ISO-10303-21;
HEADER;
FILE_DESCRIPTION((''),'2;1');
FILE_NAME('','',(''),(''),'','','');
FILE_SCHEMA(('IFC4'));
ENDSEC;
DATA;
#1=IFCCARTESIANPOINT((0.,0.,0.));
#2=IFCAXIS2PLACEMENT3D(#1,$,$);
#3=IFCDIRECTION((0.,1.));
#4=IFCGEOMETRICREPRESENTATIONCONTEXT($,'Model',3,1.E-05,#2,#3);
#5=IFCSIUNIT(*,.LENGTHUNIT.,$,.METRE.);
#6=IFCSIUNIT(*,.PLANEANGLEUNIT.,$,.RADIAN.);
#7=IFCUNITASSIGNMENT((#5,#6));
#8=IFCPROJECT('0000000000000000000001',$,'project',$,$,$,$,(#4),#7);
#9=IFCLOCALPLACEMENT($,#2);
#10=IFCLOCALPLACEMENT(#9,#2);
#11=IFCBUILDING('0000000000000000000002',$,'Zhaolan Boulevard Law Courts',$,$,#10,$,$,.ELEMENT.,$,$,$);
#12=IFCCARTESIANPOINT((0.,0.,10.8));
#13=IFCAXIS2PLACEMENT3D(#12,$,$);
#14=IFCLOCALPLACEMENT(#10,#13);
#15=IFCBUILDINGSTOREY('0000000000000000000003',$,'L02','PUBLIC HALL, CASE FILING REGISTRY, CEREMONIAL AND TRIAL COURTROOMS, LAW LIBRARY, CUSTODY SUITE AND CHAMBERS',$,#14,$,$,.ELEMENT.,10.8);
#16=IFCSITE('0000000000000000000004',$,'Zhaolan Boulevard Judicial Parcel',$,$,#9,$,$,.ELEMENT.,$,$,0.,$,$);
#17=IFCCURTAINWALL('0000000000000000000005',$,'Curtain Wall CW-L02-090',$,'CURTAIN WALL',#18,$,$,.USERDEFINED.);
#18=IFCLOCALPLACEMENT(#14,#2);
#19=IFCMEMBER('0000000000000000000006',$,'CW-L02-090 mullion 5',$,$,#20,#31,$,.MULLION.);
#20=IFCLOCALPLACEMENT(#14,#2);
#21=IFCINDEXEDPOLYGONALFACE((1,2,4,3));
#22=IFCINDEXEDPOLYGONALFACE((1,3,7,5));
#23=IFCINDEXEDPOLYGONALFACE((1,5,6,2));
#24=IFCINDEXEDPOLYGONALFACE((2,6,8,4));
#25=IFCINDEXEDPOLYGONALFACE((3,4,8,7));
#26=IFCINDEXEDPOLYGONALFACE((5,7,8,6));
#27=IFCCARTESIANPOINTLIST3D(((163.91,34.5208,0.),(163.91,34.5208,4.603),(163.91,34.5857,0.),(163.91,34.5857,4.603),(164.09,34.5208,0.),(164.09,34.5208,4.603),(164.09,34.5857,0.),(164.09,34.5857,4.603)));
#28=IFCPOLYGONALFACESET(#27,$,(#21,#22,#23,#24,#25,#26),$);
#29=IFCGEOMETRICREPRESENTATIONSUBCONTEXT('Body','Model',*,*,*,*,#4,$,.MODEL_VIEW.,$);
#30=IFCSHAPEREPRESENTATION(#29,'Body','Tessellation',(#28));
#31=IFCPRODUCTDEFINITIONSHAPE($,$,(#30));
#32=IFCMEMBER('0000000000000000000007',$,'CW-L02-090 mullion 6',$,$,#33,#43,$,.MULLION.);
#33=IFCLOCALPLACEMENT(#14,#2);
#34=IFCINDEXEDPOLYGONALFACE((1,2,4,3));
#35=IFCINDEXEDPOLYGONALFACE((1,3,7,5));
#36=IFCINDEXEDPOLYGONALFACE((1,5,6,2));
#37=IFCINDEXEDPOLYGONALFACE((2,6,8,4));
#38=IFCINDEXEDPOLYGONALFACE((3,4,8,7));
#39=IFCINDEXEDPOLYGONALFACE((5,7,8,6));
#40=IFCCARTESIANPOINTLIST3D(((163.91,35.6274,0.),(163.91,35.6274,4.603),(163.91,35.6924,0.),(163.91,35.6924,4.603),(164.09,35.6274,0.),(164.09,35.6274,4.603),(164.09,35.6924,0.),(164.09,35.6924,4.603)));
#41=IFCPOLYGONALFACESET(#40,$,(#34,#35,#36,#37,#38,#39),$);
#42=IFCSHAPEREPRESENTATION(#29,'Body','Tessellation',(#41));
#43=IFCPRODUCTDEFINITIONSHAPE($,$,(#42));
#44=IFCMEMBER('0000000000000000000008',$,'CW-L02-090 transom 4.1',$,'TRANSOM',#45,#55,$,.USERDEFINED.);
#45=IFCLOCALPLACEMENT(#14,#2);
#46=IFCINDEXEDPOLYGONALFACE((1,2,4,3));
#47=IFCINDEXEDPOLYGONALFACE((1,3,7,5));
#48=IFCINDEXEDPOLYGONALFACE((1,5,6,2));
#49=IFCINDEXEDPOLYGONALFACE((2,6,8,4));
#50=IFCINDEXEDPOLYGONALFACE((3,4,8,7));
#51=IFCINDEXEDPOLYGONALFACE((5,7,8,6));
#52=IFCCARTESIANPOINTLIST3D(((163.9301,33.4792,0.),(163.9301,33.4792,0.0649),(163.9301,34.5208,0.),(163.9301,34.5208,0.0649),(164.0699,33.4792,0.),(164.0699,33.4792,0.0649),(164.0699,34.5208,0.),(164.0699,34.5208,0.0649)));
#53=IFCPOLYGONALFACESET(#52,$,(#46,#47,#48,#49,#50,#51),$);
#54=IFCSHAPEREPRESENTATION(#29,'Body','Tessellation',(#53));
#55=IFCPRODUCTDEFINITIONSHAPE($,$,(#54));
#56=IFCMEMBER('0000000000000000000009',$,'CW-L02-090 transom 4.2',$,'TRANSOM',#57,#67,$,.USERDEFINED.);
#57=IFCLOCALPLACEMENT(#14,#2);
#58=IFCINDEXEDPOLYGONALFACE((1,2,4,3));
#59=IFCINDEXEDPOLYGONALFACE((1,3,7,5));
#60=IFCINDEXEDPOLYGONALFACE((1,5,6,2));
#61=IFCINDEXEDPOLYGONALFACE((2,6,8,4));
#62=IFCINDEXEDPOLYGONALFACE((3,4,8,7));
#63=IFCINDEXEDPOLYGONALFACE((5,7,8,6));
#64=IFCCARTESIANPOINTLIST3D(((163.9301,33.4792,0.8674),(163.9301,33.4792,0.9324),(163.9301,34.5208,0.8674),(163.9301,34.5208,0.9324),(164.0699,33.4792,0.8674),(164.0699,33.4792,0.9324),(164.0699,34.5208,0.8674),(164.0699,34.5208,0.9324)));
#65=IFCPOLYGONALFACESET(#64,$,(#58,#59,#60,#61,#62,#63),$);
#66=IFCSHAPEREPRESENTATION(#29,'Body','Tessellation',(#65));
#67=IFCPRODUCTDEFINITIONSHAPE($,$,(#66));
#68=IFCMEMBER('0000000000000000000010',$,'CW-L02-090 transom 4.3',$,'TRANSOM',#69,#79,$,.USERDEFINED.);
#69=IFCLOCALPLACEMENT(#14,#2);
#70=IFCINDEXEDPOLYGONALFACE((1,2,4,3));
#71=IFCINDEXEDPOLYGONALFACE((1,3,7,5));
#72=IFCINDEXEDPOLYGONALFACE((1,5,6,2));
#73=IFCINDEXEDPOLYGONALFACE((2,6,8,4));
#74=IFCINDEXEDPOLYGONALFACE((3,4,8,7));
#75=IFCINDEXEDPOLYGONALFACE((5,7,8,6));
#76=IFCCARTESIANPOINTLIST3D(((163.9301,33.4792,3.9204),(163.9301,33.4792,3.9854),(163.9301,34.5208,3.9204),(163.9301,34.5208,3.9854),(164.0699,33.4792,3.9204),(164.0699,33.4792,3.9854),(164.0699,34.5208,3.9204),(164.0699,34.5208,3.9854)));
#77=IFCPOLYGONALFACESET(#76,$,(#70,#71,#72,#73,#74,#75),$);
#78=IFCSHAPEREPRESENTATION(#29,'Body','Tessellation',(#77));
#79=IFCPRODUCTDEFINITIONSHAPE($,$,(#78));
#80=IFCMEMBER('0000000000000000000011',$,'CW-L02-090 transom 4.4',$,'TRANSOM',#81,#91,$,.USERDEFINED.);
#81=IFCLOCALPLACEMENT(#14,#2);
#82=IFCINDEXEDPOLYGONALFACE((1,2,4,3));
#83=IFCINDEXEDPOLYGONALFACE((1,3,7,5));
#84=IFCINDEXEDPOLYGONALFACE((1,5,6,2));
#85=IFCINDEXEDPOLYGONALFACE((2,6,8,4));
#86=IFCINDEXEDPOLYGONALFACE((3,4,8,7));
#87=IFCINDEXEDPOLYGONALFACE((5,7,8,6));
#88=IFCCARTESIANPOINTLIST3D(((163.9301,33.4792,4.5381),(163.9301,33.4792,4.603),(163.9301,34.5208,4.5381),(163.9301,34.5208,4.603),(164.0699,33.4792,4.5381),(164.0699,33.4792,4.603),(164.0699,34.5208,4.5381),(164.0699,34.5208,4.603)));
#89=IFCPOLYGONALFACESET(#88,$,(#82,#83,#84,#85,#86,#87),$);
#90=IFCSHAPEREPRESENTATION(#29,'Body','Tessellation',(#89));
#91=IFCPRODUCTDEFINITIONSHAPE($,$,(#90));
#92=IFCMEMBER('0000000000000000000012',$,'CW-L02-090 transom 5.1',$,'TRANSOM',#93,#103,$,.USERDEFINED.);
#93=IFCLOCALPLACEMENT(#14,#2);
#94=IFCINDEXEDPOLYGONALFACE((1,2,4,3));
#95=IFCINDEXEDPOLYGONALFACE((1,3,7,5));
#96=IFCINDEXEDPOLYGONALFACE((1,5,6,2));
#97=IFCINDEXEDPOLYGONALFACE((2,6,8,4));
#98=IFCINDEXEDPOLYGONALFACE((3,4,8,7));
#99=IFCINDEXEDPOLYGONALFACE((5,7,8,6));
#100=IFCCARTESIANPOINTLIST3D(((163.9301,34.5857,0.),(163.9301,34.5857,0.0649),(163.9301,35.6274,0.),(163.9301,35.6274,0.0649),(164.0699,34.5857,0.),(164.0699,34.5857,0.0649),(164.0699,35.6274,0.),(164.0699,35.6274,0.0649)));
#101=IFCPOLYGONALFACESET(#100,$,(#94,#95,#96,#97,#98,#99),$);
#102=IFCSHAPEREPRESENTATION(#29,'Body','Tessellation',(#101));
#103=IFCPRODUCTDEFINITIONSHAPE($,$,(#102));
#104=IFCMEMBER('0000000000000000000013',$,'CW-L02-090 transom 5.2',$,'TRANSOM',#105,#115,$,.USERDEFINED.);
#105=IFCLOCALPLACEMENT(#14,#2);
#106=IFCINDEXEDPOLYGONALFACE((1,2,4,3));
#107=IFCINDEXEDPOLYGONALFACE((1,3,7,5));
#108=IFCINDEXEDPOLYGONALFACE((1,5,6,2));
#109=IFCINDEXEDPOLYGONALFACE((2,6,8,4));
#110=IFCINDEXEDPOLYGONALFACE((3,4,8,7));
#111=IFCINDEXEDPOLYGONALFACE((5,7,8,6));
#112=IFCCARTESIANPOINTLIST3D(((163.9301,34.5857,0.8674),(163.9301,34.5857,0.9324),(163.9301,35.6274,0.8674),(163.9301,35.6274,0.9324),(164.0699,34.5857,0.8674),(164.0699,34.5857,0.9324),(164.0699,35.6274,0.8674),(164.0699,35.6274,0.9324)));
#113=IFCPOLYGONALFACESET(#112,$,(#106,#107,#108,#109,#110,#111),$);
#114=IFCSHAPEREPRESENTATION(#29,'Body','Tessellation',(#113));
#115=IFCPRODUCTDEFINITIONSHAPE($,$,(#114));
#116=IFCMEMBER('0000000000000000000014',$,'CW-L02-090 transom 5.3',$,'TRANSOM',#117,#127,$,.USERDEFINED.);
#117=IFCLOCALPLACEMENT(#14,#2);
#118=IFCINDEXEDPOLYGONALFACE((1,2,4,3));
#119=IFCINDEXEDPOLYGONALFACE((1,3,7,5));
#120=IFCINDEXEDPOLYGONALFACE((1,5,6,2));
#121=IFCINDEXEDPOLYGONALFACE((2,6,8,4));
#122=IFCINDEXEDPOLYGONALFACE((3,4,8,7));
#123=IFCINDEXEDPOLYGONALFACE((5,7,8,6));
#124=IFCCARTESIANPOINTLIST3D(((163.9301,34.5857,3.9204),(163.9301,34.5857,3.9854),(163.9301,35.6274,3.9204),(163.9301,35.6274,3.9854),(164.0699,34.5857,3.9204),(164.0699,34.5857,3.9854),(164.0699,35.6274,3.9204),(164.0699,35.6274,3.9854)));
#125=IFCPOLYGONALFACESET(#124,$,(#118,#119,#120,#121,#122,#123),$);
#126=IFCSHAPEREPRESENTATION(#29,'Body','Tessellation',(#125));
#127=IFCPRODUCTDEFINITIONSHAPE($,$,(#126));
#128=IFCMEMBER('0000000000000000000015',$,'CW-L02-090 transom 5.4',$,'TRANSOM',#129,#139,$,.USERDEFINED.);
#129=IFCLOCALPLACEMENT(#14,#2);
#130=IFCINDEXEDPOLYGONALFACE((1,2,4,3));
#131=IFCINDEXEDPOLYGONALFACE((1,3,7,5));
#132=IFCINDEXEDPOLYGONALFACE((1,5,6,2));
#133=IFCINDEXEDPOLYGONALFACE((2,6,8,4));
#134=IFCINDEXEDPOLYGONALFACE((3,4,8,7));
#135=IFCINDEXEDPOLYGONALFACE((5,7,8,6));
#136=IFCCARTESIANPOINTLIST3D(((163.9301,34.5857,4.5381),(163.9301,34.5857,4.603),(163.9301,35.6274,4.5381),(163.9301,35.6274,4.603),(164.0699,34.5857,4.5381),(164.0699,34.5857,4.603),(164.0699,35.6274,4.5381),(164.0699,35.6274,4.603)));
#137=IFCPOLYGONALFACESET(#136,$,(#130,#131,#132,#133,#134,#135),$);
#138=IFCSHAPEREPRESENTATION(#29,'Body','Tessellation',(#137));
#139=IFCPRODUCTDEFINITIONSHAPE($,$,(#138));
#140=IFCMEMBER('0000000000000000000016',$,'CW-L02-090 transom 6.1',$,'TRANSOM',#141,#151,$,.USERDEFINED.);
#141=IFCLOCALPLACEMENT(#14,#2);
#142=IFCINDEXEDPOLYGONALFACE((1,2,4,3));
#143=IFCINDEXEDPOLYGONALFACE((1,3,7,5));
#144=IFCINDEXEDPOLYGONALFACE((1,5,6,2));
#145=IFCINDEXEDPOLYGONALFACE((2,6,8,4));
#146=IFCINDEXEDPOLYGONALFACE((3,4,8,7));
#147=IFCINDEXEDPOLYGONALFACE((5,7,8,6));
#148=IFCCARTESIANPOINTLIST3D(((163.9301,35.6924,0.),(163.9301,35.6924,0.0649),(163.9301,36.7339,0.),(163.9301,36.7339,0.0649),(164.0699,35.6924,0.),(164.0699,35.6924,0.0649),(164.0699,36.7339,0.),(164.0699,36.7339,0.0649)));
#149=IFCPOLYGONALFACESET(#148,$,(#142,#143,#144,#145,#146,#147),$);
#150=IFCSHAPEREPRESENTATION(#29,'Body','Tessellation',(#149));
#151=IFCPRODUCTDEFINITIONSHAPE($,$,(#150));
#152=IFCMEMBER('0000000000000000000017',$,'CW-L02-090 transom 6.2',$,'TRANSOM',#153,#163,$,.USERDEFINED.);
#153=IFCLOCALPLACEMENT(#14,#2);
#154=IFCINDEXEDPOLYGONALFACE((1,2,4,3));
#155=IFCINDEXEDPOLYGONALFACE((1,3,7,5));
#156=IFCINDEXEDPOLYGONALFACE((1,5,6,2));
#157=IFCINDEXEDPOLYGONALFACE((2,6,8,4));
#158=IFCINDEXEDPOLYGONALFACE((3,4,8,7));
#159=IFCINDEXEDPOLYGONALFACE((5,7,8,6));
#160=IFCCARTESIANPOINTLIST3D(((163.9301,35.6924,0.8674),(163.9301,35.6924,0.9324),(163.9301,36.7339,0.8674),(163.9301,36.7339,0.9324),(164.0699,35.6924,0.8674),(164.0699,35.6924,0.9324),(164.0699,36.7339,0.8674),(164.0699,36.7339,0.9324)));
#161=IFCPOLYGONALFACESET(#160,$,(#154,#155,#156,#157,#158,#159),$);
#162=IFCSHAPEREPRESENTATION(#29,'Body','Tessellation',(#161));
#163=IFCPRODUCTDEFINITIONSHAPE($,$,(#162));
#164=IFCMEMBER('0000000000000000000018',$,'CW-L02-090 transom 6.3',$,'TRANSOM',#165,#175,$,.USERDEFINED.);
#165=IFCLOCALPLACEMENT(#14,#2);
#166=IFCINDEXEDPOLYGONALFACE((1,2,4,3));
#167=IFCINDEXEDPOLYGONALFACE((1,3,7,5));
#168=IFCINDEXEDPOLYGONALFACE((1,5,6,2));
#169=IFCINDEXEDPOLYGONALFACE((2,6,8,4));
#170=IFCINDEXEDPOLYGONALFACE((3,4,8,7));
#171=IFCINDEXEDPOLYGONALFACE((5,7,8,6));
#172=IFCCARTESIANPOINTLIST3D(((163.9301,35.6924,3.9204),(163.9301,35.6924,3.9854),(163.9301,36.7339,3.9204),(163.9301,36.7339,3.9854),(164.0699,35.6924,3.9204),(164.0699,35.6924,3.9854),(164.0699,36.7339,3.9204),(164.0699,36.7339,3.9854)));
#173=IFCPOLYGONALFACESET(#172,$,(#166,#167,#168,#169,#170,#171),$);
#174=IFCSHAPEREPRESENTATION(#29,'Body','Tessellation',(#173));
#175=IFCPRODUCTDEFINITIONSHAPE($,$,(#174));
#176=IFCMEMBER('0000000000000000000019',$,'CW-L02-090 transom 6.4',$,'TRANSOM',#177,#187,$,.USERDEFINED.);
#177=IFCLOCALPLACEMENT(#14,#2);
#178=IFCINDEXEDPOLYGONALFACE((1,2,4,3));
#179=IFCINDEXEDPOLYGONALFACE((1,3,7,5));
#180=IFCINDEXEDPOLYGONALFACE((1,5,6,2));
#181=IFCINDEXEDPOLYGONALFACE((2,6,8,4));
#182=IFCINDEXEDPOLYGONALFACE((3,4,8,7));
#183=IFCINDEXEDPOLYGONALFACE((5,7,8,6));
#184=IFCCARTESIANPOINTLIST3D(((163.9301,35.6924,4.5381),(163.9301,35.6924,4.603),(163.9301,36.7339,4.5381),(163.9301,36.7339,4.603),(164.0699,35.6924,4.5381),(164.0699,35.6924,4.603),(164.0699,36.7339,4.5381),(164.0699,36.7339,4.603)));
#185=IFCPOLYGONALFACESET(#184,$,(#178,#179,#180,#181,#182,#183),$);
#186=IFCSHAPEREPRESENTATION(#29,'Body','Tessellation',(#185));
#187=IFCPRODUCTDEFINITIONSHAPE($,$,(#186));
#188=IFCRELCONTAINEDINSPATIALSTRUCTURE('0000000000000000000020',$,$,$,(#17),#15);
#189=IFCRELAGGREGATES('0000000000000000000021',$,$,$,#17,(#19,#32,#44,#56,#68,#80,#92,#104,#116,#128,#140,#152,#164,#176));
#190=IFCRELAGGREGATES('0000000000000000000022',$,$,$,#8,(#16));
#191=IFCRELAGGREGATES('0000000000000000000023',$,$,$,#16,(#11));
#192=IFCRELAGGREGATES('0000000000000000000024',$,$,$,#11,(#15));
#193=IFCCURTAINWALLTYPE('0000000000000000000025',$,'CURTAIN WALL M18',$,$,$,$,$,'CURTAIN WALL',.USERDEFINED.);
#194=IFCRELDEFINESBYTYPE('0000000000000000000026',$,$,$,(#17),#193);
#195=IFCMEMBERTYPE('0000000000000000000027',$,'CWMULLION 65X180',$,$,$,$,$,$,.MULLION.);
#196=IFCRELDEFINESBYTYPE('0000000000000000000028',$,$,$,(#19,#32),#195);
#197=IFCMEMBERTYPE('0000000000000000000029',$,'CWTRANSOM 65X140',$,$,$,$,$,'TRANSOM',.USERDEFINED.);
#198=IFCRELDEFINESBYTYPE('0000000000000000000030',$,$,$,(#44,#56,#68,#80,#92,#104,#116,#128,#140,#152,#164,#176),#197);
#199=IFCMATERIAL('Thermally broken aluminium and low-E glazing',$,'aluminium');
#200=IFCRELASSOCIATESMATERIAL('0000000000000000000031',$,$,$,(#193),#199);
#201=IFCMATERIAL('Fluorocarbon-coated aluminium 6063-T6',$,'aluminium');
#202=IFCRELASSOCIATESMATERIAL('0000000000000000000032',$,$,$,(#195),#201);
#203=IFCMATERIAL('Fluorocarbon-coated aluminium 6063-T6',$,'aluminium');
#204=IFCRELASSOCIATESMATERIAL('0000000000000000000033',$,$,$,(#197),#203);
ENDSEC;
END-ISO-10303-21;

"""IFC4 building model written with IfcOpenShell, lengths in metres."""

from ifc_helpers import new_model, si_unit, direction, frame, origin, origin_2d, place, context, subcontext, project, spatial, rectangle, extrude, material, material_profile, profile_set, type_object, element, aggregate, save


model = new_model("IFC4")

# Units and contexts
model_context = context("Model", 3, precision=1e-05, world=origin(), true_north=direction((0.0, 1.0)))
body_context = subcontext(model_context, "Body", "Model", "MODEL_VIEW")
ifc_project = project(units=[si_unit("LENGTHUNIT", "METRE"), si_unit("PLANEANGLEUNIT", "RADIAN")], contexts=[model_context])

# Site, building, storey
site_placement = place(None, origin())
site = spatial("IfcSite", under=ifc_project, at=site_placement, Name="Zhaolan Boulevard Judicial Parcel", CompositionType="ELEMENT", RefElevation=0.0)
building_placement = place(site_placement, origin())
building = spatial("IfcBuilding", under=site, at=building_placement, Name="Zhaolan Boulevard Law Courts", CompositionType="ELEMENT")
storey_placement = place(building_placement, frame((0.0, 0.0, 10.8)))
storey = spatial("IfcBuildingStorey", under=building, at=storey_placement, Name="L02", Description="PUBLIC HALL, CASE FILING REGISTRY, CEREMONIAL AND TRIAL COURTROOMS, LAW LIBRARY, CUSTODY SUITE AND CHAMBERS", CompositionType="ELEMENT", Elevation=10.8)

# Curtain wall, members
ifc_material_1 = material(Name="Thermally broken aluminium and low-E glazing", Category="aluminium")
curtain_wall_type = type_object("IfcCurtainWallType", Name="CURTAIN WALL M18", ElementType="CURTAIN WALL", PredefinedType="USERDEFINED", material=ifc_material_1)
curtain_wall_placement = place(storey_placement, origin())
curtain_wall = element("IfcCurtainWall", 1, at=curtain_wall_placement, inside=storey, type_object=curtain_wall_type, Name="Curtain Wall CW-L02-090", ObjectType="CURTAIN WALL", PredefinedType="USERDEFINED")
ifc_material_2 = material(Name="Fluorocarbon-coated aluminium 6063-T6", Category="aluminium")
ifc_material_profile_1 = material_profile(ifc_material_2, rectangle(XDim=0.1799, YDim=0.0649, at=origin_2d()), Name="AL65x180")
ifc_profile_set_1 = profile_set([ifc_material_profile_1], Name="Fluorocarbon-coated aluminium 6063-T6")
member_type_1 = type_object("IfcMemberType", Name="CWMULLION 65X180", PredefinedType="MULLION", material=ifc_profile_set_1)
member_1_placement = place(storey_placement, frame((164.0, 34.5532, 0.0), z_axis=(0.0, 0.0, 1.0), x_axis=(-1.0, 0.0, 0.0)))
member_1 = element("IfcMember", 2, at=member_1_placement, type_object=member_type_1, Name="CW-L02-090 mullion 5", PredefinedType="MULLION", context=body_context, shape_type="SweptSolid", body=[
    extrude(rectangle(XDim=0.1799, YDim=0.0649, at=origin_2d()), origin(), (0.0, 0.0, 1.0), 4.603),
])
member_2_placement = place(storey_placement, frame((164.0, 35.6599, 0.0), z_axis=(0.0, 0.0, 1.0), x_axis=(-1.0, 0.0, 0.0)))
member_2 = element("IfcMember", 3, at=member_2_placement, type_object=member_type_1, Name="CW-L02-090 mullion 6", PredefinedType="MULLION", context=body_context, shape_type="SweptSolid", body=[
    extrude(rectangle(XDim=0.1799, YDim=0.0649, at=origin_2d()), origin(), (0.0, 0.0, 1.0), 4.603),
])
ifc_material_3 = material(Name="Fluorocarbon-coated aluminium 6063-T6", Category="aluminium")
ifc_material_profile_2 = material_profile(ifc_material_3, rectangle(XDim=0.1399, YDim=0.0649, at=origin_2d()), Name="AL65x140")
ifc_profile_set_2 = profile_set([ifc_material_profile_2], Name="Fluorocarbon-coated aluminium 6063-T6")
member_type_2 = type_object("IfcMemberType", Name="CWTRANSOM 65X140", ElementType="TRANSOM", PredefinedType="USERDEFINED", material=ifc_profile_set_2)
member_3_placement = place(storey_placement, frame((164.0, 33.4792, 0.0325), z_axis=(0.0, 1.0, 0.0), x_axis=(-1.0, 0.0, 0.0)))
member_3 = element("IfcMember", 4, at=member_3_placement, type_object=member_type_2, Name="CW-L02-090 transom 4.1", ObjectType="TRANSOM", PredefinedType="USERDEFINED", context=body_context, shape_type="SweptSolid", body=[
    extrude(rectangle(XDim=0.1399, YDim=0.0649, at=origin_2d()), origin(), (0.0, 0.0, 1.0), 1.0415),
])
member_4_placement = place(storey_placement, frame((164.0, 33.4792, 0.8999), z_axis=(0.0, 1.0, 0.0), x_axis=(-1.0, 0.0, 0.0)))
member_4 = element("IfcMember", 5, at=member_4_placement, type_object=member_type_2, Name="CW-L02-090 transom 4.2", ObjectType="TRANSOM", PredefinedType="USERDEFINED", context=body_context, shape_type="SweptSolid", body=[
    extrude(rectangle(XDim=0.1399, YDim=0.0649, at=origin_2d()), origin(), (0.0, 0.0, 1.0), 1.0415),
])
member_5_placement = place(storey_placement, frame((164.0, 33.4792, 3.9529), z_axis=(0.0, 1.0, 0.0), x_axis=(-1.0, 0.0, 0.0)))
member_5 = element("IfcMember", 6, at=member_5_placement, type_object=member_type_2, Name="CW-L02-090 transom 4.3", ObjectType="TRANSOM", PredefinedType="USERDEFINED", context=body_context, shape_type="SweptSolid", body=[
    extrude(rectangle(XDim=0.1399, YDim=0.0649, at=origin_2d()), origin(), (0.0, 0.0, 1.0), 1.0415),
])
member_6_placement = place(storey_placement, frame((164.0, 33.4792, 4.5706), z_axis=(0.0, 1.0, 0.0), x_axis=(-1.0, 0.0, 0.0)))
member_6 = element("IfcMember", 7, at=member_6_placement, type_object=member_type_2, Name="CW-L02-090 transom 4.4", ObjectType="TRANSOM", PredefinedType="USERDEFINED", context=body_context, shape_type="SweptSolid", body=[
    extrude(rectangle(XDim=0.1399, YDim=0.0649, at=origin_2d()), origin(), (0.0, 0.0, 1.0), 1.0415),
])
member_7_placement = place(storey_placement, frame((164.0, 34.5857, 0.0325), z_axis=(0.0, 1.0, 0.0), x_axis=(-1.0, 0.0, 0.0)))
member_7 = element("IfcMember", 8, at=member_7_placement, type_object=member_type_2, Name="CW-L02-090 transom 5.1", ObjectType="TRANSOM", PredefinedType="USERDEFINED", context=body_context, shape_type="SweptSolid", body=[
    extrude(rectangle(XDim=0.1399, YDim=0.0649, at=origin_2d()), origin(), (0.0, 0.0, 1.0), 1.0417),
])
member_8_placement = place(storey_placement, frame((164.0, 34.5857, 0.8999), z_axis=(0.0, 1.0, 0.0), x_axis=(-1.0, 0.0, 0.0)))
member_8 = element("IfcMember", 9, at=member_8_placement, type_object=member_type_2, Name="CW-L02-090 transom 5.2", ObjectType="TRANSOM", PredefinedType="USERDEFINED", context=body_context, shape_type="SweptSolid", body=[
    extrude(rectangle(XDim=0.1399, YDim=0.0649, at=origin_2d()), origin(), (0.0, 0.0, 1.0), 1.0417),
])
member_9_placement = place(storey_placement, frame((164.0, 34.5857, 3.9529), z_axis=(0.0, 1.0, 0.0), x_axis=(-1.0, 0.0, 0.0)))
member_9 = element("IfcMember", 10, at=member_9_placement, type_object=member_type_2, Name="CW-L02-090 transom 5.3", ObjectType="TRANSOM", PredefinedType="USERDEFINED", context=body_context, shape_type="SweptSolid", body=[
    extrude(rectangle(XDim=0.1399, YDim=0.0649, at=origin_2d()), origin(), (0.0, 0.0, 1.0), 1.0417),
])
member_10_placement = place(storey_placement, frame((164.0, 34.5857, 4.5706), z_axis=(0.0, 1.0, 0.0), x_axis=(-1.0, 0.0, 0.0)))
member_10 = element("IfcMember", 11, at=member_10_placement, type_object=member_type_2, Name="CW-L02-090 transom 5.4", ObjectType="TRANSOM", PredefinedType="USERDEFINED", context=body_context, shape_type="SweptSolid", body=[
    extrude(rectangle(XDim=0.1399, YDim=0.0649, at=origin_2d()), origin(), (0.0, 0.0, 1.0), 1.0417),
])
member_11_placement = place(storey_placement, frame((164.0, 35.6924, 0.0325), z_axis=(0.0, 1.0, 0.0), x_axis=(-1.0, 0.0, 0.0)))
member_11 = element("IfcMember", 12, at=member_11_placement, type_object=member_type_2, Name="CW-L02-090 transom 6.1", ObjectType="TRANSOM", PredefinedType="USERDEFINED", context=body_context, shape_type="SweptSolid", body=[
    extrude(rectangle(XDim=0.1399, YDim=0.0649, at=origin_2d()), origin(), (0.0, 0.0, 1.0), 1.0415),
])
member_12_placement = place(storey_placement, frame((164.0, 35.6924, 0.8999), z_axis=(0.0, 1.0, 0.0), x_axis=(-1.0, 0.0, 0.0)))
member_12 = element("IfcMember", 13, at=member_12_placement, type_object=member_type_2, Name="CW-L02-090 transom 6.2", ObjectType="TRANSOM", PredefinedType="USERDEFINED", context=body_context, shape_type="SweptSolid", body=[
    extrude(rectangle(XDim=0.1399, YDim=0.0649, at=origin_2d()), origin(), (0.0, 0.0, 1.0), 1.0415),
])
member_13_placement = place(storey_placement, frame((164.0, 35.6924, 3.9529), z_axis=(0.0, 1.0, 0.0), x_axis=(-1.0, 0.0, 0.0)))
member_13 = element("IfcMember", 14, at=member_13_placement, type_object=member_type_2, Name="CW-L02-090 transom 6.3", ObjectType="TRANSOM", PredefinedType="USERDEFINED", context=body_context, shape_type="SweptSolid", body=[
    extrude(rectangle(XDim=0.1399, YDim=0.0649, at=origin_2d()), origin(), (0.0, 0.0, 1.0), 1.0415),
])
member_14_placement = place(storey_placement, frame((164.0, 35.6924, 4.5706), z_axis=(0.0, 1.0, 0.0), x_axis=(-1.0, 0.0, 0.0)))
member_14 = element("IfcMember", 15, at=member_14_placement, type_object=member_type_2, Name="CW-L02-090 transom 6.4", ObjectType="TRANSOM", PredefinedType="USERDEFINED", context=body_context, shape_type="SweptSolid", body=[
    extrude(rectangle(XDim=0.1399, YDim=0.0649, at=origin_2d()), origin(), (0.0, 0.0, 1.0), 1.0415),
])
aggregate(curtain_wall, [member_1, member_2, member_3, member_4, member_5, member_6, member_7, member_8, member_9, member_10, member_11, member_12, member_13, member_14])

save(model, "model.ifc")
